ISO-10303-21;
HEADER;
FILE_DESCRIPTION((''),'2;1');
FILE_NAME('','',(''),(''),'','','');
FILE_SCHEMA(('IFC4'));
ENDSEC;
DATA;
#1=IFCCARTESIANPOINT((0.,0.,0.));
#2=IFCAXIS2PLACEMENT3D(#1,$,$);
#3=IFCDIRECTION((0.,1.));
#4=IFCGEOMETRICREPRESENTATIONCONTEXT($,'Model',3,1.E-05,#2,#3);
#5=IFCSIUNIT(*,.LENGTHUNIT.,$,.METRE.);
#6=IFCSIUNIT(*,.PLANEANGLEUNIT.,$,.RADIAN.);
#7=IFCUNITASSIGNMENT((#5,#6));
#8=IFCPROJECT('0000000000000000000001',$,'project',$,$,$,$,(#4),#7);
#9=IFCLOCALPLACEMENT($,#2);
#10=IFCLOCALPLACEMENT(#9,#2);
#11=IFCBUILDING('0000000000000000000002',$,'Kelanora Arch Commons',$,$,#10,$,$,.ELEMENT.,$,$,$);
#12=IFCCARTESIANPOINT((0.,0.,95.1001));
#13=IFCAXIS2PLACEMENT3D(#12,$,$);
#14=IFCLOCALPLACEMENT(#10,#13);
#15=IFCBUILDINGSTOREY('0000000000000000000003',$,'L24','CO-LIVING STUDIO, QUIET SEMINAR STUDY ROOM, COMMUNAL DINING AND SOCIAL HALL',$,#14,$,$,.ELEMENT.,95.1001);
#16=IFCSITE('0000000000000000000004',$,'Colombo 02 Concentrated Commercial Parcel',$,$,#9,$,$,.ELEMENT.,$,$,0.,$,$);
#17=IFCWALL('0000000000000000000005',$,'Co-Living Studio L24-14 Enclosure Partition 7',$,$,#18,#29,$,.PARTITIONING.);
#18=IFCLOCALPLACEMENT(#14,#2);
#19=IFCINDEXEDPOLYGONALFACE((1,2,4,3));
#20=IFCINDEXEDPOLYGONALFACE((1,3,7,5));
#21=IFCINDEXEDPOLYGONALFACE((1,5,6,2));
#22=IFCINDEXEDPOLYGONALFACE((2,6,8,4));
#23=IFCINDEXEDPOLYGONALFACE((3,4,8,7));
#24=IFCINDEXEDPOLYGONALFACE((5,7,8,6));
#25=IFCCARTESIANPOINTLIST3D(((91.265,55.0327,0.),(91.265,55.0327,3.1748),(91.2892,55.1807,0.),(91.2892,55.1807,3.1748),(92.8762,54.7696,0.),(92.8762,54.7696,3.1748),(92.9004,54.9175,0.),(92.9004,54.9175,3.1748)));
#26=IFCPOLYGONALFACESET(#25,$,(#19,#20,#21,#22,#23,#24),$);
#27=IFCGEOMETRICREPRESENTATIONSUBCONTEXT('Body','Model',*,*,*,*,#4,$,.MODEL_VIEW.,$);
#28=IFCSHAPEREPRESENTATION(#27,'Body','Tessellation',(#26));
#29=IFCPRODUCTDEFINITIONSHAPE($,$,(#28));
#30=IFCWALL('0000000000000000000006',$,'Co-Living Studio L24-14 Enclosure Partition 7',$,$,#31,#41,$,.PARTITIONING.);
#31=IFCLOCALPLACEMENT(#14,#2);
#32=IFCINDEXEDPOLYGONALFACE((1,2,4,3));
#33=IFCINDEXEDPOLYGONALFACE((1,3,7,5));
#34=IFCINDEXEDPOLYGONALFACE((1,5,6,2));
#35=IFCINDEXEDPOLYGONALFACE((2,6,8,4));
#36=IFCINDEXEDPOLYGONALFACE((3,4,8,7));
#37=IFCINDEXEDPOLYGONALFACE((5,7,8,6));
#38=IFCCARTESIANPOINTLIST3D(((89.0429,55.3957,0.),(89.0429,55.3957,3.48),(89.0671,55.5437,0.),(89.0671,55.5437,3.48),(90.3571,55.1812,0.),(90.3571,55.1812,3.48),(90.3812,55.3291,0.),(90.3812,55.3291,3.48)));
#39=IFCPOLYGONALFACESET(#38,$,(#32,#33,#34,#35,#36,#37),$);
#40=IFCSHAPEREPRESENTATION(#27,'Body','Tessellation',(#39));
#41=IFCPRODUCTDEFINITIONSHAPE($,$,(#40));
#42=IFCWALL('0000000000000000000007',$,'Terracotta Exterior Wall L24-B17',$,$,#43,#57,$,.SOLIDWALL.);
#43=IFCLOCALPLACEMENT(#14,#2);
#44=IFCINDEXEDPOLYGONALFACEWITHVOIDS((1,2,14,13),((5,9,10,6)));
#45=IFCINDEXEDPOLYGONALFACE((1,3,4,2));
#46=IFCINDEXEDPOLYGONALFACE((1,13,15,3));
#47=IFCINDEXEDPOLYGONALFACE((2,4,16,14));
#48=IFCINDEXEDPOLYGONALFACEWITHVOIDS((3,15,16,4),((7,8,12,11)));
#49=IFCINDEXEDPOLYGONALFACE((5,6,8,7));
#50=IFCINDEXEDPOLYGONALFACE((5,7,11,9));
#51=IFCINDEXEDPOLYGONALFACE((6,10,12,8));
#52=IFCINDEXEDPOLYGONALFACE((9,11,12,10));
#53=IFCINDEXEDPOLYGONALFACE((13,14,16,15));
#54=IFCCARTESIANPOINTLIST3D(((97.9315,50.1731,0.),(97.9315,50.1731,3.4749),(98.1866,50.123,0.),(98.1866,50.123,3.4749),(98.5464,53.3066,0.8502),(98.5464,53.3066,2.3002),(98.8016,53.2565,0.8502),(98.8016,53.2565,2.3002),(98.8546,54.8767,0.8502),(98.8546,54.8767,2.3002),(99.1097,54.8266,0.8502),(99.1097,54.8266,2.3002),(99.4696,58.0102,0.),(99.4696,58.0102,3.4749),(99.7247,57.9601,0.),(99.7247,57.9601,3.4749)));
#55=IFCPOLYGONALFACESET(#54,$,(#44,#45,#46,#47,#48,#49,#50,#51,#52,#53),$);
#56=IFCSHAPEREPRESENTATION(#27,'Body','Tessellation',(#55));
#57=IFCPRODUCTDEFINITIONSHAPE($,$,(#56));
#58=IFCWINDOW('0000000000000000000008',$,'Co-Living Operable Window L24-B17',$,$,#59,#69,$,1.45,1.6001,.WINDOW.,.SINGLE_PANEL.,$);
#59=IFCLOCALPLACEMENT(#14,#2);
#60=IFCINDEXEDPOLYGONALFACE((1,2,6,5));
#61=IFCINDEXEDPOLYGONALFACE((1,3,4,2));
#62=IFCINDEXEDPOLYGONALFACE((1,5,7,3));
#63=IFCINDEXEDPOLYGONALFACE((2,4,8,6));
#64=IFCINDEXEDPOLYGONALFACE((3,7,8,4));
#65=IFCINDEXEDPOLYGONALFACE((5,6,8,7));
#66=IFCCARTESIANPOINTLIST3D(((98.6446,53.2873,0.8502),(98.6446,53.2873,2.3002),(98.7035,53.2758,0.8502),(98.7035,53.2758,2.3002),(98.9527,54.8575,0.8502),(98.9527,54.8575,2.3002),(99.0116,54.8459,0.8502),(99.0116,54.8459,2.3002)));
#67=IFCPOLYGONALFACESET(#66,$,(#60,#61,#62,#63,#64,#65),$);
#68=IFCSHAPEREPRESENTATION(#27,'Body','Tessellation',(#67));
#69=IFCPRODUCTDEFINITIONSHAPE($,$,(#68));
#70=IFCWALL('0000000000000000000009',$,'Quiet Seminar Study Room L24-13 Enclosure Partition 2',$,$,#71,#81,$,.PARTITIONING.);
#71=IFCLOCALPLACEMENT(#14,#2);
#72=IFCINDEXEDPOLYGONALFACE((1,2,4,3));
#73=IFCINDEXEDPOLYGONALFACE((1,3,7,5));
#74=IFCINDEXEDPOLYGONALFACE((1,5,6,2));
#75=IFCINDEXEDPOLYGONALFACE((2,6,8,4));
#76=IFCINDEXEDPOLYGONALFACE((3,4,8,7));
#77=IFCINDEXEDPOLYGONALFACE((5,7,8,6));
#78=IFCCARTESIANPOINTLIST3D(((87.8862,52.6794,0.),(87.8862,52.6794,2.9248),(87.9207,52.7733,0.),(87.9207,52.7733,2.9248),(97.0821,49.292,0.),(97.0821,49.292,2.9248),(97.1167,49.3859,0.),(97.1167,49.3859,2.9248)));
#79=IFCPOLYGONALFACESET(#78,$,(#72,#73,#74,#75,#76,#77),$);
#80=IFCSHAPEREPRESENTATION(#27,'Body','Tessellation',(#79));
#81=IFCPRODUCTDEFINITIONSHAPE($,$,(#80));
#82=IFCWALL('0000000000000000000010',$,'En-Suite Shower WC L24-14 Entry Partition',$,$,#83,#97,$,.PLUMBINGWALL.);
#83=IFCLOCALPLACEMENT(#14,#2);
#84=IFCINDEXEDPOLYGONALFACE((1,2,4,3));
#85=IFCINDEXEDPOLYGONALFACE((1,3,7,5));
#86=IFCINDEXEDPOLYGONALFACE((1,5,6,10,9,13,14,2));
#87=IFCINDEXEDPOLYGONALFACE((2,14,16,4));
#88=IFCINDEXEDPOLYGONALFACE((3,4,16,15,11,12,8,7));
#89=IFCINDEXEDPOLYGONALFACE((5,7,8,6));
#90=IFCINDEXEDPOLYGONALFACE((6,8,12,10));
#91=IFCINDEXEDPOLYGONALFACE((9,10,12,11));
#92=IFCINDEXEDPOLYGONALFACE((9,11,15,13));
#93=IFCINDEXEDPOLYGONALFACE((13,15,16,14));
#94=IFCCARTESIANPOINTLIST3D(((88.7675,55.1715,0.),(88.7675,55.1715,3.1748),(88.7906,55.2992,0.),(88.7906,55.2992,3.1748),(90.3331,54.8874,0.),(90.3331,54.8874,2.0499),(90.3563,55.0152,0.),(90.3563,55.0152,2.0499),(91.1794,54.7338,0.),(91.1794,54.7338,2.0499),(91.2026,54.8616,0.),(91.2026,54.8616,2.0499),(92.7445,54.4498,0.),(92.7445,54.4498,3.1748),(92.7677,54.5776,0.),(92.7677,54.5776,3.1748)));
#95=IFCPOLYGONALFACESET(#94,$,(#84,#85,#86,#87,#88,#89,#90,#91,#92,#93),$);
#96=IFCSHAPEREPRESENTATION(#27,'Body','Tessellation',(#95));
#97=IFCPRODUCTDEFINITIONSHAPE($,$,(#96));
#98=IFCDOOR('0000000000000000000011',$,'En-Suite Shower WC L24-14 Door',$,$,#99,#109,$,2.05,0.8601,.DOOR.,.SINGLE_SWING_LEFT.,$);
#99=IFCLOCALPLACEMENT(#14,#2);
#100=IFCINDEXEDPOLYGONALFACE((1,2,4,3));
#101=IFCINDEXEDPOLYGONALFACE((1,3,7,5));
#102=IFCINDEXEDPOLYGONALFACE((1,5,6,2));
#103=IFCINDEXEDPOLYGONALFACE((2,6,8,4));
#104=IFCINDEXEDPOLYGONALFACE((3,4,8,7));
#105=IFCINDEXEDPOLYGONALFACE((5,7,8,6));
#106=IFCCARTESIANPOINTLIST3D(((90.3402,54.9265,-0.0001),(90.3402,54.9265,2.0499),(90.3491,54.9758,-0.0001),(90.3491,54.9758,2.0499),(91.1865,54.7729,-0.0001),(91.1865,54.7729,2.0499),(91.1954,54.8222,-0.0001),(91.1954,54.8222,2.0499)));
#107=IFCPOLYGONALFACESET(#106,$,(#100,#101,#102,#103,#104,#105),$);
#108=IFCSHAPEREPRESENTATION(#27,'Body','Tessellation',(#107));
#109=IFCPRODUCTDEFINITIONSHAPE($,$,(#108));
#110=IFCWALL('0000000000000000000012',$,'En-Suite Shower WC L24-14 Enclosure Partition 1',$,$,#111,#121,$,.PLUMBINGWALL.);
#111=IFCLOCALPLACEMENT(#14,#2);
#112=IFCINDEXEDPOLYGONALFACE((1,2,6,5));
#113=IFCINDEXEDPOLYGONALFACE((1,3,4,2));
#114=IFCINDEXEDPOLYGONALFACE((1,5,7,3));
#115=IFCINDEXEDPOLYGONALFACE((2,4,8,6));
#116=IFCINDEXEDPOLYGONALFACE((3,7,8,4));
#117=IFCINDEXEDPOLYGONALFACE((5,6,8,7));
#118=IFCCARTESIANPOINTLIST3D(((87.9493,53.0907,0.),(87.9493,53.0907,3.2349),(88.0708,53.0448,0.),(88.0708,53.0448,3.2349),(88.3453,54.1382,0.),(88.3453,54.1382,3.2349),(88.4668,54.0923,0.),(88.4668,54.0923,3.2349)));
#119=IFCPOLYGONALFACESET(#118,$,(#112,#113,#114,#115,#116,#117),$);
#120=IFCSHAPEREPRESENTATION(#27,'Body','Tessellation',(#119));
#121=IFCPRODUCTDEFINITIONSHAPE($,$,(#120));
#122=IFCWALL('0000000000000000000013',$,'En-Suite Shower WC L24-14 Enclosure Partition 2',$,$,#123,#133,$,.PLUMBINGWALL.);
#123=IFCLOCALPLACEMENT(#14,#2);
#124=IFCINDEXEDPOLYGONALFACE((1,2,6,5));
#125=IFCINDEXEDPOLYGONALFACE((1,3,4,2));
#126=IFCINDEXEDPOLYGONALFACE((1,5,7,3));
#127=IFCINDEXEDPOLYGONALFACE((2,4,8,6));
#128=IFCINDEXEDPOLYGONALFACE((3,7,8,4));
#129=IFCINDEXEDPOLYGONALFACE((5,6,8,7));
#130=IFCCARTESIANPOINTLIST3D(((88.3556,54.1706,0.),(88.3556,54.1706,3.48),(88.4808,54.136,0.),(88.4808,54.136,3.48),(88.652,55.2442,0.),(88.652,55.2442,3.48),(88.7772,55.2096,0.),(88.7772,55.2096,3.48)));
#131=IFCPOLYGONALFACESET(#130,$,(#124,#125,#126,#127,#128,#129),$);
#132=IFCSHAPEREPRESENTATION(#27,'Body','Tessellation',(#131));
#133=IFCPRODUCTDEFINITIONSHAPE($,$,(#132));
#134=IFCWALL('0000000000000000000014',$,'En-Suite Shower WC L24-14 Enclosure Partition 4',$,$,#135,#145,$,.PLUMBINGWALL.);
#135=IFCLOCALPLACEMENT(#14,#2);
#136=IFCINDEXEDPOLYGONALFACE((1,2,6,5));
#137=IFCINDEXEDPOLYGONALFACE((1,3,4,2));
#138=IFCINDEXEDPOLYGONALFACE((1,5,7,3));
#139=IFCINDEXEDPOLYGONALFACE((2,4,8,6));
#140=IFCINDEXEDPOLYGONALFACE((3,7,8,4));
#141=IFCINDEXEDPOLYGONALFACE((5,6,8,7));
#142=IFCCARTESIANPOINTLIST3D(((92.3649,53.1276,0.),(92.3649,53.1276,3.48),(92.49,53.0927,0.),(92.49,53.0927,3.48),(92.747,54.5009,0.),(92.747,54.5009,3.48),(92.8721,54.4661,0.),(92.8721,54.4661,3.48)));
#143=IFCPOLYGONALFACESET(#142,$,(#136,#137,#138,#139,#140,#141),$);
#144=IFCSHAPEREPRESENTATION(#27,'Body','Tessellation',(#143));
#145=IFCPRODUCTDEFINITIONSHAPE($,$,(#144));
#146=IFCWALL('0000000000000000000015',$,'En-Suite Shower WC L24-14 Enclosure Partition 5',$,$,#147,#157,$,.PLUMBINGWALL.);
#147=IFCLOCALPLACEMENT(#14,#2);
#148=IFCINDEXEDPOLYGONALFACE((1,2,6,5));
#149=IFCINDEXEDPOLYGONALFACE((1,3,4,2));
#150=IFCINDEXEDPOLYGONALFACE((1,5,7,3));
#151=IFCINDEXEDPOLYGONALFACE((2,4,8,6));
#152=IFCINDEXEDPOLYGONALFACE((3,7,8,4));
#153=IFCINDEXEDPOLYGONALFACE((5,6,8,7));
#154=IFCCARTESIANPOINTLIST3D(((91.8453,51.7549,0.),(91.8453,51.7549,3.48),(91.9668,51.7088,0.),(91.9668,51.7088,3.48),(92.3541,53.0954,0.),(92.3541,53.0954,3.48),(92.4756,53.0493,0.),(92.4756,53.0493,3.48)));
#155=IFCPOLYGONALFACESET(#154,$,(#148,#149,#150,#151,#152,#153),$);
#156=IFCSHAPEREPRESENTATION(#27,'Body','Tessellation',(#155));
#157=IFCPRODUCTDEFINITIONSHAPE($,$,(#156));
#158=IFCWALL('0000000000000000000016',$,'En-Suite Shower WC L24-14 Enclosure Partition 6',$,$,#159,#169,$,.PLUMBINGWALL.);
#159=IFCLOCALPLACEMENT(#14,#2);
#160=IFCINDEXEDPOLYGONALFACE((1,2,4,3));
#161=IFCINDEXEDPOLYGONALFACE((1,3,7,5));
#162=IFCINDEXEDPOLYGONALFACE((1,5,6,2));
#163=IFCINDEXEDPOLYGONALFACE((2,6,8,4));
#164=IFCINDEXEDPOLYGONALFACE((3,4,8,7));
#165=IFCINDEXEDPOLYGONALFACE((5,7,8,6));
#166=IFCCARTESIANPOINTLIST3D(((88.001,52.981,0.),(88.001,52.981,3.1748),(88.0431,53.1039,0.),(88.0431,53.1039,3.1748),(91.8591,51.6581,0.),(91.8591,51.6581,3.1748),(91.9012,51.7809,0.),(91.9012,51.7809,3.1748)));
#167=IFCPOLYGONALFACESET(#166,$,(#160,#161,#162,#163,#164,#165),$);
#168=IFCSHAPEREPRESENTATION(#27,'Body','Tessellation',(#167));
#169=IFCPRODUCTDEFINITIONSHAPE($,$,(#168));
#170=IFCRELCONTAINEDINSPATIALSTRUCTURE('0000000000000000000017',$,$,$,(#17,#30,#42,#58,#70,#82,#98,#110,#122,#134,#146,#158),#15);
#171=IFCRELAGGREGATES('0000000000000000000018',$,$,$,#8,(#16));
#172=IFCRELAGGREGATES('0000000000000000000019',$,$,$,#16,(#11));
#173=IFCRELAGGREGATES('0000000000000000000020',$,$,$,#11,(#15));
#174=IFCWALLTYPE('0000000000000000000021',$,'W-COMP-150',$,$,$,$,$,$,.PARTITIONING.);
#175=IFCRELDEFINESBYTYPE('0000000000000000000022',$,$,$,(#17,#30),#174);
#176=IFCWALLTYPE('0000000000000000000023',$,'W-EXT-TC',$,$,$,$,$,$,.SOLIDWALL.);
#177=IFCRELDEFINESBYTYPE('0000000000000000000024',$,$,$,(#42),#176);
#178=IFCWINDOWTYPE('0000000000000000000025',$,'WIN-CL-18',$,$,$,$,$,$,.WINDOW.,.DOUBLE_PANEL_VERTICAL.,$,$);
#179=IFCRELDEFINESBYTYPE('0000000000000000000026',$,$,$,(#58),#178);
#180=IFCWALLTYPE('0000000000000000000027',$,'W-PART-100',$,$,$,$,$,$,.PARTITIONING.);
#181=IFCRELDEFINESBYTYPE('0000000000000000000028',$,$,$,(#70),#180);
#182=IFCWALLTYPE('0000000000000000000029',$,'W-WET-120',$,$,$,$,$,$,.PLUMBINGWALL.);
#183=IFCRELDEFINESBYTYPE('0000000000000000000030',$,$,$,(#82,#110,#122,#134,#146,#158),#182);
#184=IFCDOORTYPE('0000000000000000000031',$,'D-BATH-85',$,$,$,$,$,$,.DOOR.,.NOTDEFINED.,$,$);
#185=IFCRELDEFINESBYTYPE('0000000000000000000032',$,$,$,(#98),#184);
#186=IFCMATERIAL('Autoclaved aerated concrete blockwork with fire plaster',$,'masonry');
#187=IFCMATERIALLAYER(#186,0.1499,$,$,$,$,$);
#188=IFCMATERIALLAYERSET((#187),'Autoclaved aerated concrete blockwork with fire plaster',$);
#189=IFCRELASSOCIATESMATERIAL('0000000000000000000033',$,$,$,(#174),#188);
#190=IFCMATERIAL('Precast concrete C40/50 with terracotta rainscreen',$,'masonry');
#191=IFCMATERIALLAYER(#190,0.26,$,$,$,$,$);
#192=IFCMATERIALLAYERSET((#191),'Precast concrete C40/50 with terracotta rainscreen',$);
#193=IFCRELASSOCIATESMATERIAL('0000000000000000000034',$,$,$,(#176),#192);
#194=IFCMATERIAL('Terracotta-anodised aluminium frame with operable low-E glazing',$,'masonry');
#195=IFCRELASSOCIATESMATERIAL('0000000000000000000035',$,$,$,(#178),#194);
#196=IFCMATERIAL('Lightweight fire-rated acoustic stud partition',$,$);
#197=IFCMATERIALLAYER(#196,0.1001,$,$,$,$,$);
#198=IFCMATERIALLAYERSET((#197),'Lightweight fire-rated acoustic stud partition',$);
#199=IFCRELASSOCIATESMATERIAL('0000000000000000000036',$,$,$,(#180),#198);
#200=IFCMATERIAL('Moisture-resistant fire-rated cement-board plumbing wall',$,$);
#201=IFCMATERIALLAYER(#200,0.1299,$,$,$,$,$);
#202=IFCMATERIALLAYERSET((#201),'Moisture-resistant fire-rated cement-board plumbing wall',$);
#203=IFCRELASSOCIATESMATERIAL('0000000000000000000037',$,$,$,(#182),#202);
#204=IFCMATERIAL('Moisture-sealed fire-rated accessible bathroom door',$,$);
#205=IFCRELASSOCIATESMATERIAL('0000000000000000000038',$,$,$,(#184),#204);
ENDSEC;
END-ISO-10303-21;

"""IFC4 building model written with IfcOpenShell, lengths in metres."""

from ifc_helpers import new_model, si_unit, direction, frame, frame_2d, origin, place, context, subcontext, project, spatial, rectangle, extrude, material, layer, layer_set, type_object, element, fill, save


model = new_model("IFC4")

# Units and contexts
model_context = context("Model", 3, precision=1e-05, world=origin(), true_north=direction((0.0, 1.0)))
body_context = subcontext(model_context, "Body", "Model", "MODEL_VIEW")
ifc_project = project(units=[si_unit("LENGTHUNIT", "METRE"), si_unit("PLANEANGLEUNIT", "RADIAN")], contexts=[model_context])

# Site, building, storey
site_placement = place(None, origin())
site = spatial("IfcSite", under=ifc_project, at=site_placement, Name="Colombo 02 Concentrated Commercial Parcel", CompositionType="ELEMENT", RefElevation=0.0)
building_placement = place(site_placement, origin())
building = spatial("IfcBuilding", under=site, at=building_placement, Name="Kelanora Arch Commons", CompositionType="ELEMENT")
storey_placement = place(building_placement, frame((0.0, 0.0, 95.1001)))
storey = spatial("IfcBuildingStorey", under=building, at=storey_placement, Name="L24", Description="CO-LIVING STUDIO, QUIET SEMINAR STUDY ROOM, COMMUNAL DINING AND SOCIAL HALL", CompositionType="ELEMENT", Elevation=95.1001)

# Shared definitions
ifc_material_1 = material(Name="Autoclaved aerated concrete blockwork with fire plaster", Category="masonry")
ifc_layer_1 = layer(ifc_material_1, 0.1499)
ifc_layer_set_1 = layer_set([ifc_layer_1], Name="Autoclaved aerated concrete blockwork with fire plaster")
wall_type_1 = type_object("IfcWallType", Name="W-COMP-150", PredefinedType="PARTITIONING", material=ifc_layer_set_1)

# Walls
wall_1_placement = place(storey_placement, frame((92.8884, 54.8435, 0.0), z_axis=(0.0, 0.0, 1.0), x_axis=(-0.986922, 0.161197, 0.0)))
element("IfcWall", 1, at=wall_1_placement, inside=storey, type_object=wall_type_1, Name="Co-Living Studio L24-14 Enclosure Partition 7", PredefinedType="PARTITIONING", context=body_context, shape_type="SweptSolid", body=[
    extrude(rectangle(XDim=1.6326, YDim=0.1499, at=frame_2d((0.8164, 0.0))), origin(), (0.0, 0.0, 1.0), 3.1748),
])
wall_2_placement = place(storey_placement, frame((90.3691, 55.2551, 0.0), z_axis=(0.0, 0.0, 1.0), x_axis=(-0.986929, 0.161157, 0.0)))
element("IfcWall", 2, at=wall_2_placement, inside=storey, type_object=wall_type_1, Name="Co-Living Studio L24-14 Enclosure Partition 7", PredefinedType="PARTITIONING", context=body_context, shape_type="SweptSolid", body=[
    extrude(rectangle(XDim=1.3315, YDim=0.1499, at=frame_2d((0.6658, 0.0))), origin(), (0.0, 0.0, 1.0), 3.48),
])

# Wall, opening, window
ifc_material_2 = material(Name="Precast concrete C40/50 with terracotta rainscreen", Category="masonry")
ifc_layer_2 = layer(ifc_material_2, 0.26)
ifc_layer_set_2 = layer_set([ifc_layer_2], Name="Precast concrete C40/50 with terracotta rainscreen")
wall_type_2 = type_object("IfcWallType", Name="W-EXT-TC", PredefinedType="SOLIDWALL", material=ifc_layer_set_2)
wall_3_placement = place(storey_placement, frame((98.0591, 50.1482, 0.0), z_axis=(0.0, 0.0, 1.0), x_axis=(0.192582, 0.981281, 0.0)))
wall_3 = element("IfcWall", 3, at=wall_3_placement, inside=storey, type_object=wall_type_2, Name="Terracotta Exterior Wall L24-B17", PredefinedType="SOLIDWALL", context=body_context, shape_type="SweptSolid", body=[
    extrude(rectangle(XDim=7.9866, YDim=0.26, at=frame_2d((3.9932, 0.0))), origin(), (0.0, 0.0, 1.0), 3.4749),
])
opening_1_placement = place(wall_3_placement, frame((3.1931, 0.0, 0.8501)))
opening_1 = element("IfcOpeningElement", 4, at=opening_1_placement, cuts=wall_3, PredefinedType="OPENING", context=body_context, shape_type="SweptSolid", body=[
    extrude(rectangle(XDim=1.6001, YDim=1.45, at=frame_2d((0.8, 0.7251))), frame((0.0, 0.1401, 0.0), z_axis=(0.0, -1.0, 0.0), x_axis=(1.0, 0.0, 0.0)), (0.0, 0.0, 1.0), 0.28),
])
ifc_material_3 = material(Name="Terracotta-anodised aluminium frame with operable low-E glazing", Category="masonry")
window_type = type_object("IfcWindowType", Name="WIN-CL-18", PartitioningType="DOUBLE_PANEL_VERTICAL", PredefinedType="WINDOW", material=ifc_material_3)
window_placement = place(opening_1_placement, origin())
window = element("IfcWindow", 5, at=window_placement, inside=storey, type_object=window_type, Name="Co-Living Operable Window L24-B17", OverallHeight=1.45, OverallWidth=1.6001, PartitioningType="SINGLE_PANEL", PredefinedType="WINDOW", context=body_context, shape_type="SweptSolid", body=[
    extrude(rectangle(XDim=1.6001, YDim=1.45, at=frame_2d((0.8, 0.7251))), frame((0.0, 0.03, 0.0), z_axis=(0.0, -1.0, 0.0), x_axis=(1.0, 0.0, 0.0)), (0.0, 0.0, 1.0), 0.0601),
])
fill(opening_1, window)

# Wall
ifc_material_4 = material(Name="Lightweight fire-rated acoustic stud partition")
ifc_layer_3 = layer(ifc_material_4, 0.1001)
ifc_layer_set_3 = layer_set([ifc_layer_3], Name="Lightweight fire-rated acoustic stud partition")
wall_type_3 = type_object("IfcWallType", Name="W-PART-100", PredefinedType="PARTITIONING", material=ifc_layer_set_3)
wall_4_placement = place(storey_placement, frame((87.9036, 52.7263, 0.0), z_axis=(0.0, 0.0, 1.0), x_axis=(0.938362, -0.345655, 0.0)))
element("IfcWall", 6, at=wall_4_placement, inside=storey, type_object=wall_type_3, Name="Quiet Seminar Study Room L24-13 Enclosure Partition 2", PredefinedType="PARTITIONING", context=body_context, shape_type="SweptSolid", body=[
    extrude(rectangle(XDim=9.8, YDim=0.1001, at=frame_2d((4.8999, 0.0))), origin(), (0.0, 0.0, 1.0), 2.9248),
])

# Wall, opening, door
ifc_material_5 = material(Name="Moisture-resistant fire-rated cement-board plumbing wall")
ifc_layer_4 = layer(ifc_material_5, 0.1299)
ifc_layer_set_4 = layer_set([ifc_layer_4], Name="Moisture-resistant fire-rated cement-board plumbing wall")
wall_type_4 = type_object("IfcWallType", Name="W-WET-120", PredefinedType="PLUMBINGWALL", material=ifc_layer_set_4)
wall_5_placement = place(storey_placement, frame((88.7791, 55.2354, 0.0), z_axis=(0.0, 0.0, 1.0), x_axis=(0.983932, -0.178545, 0.0)))
wall_5 = element("IfcWall", 7, at=wall_5_placement, inside=storey, type_object=wall_type_4, Name="En-Suite Shower WC L24-14 Entry Partition", PredefinedType="PLUMBINGWALL", context=body_context, shape_type="SweptSolid", body=[
    extrude(rectangle(XDim=4.042, YDim=0.1299, at=frame_2d((2.021, 0.0))), origin(), (0.0, 0.0, 1.0), 3.1748),
])
opening_2_placement = place(wall_5_placement, frame((1.5911, 0.0, 0.0)))
opening_2 = element("IfcOpeningElement", 8, at=opening_2_placement, cuts=wall_5, PredefinedType="OPENING", context=body_context, shape_type="SweptSolid", body=[
    extrude(rectangle(XDim=0.8601, YDim=2.05, at=frame_2d((0.4302, 1.0249))), frame((0.0, 0.075, 0.0), z_axis=(0.0, -1.0, 0.0), x_axis=(1.0, 0.0, 0.0)), (0.0, 0.0, 1.0), 0.1499),
])
ifc_material_6 = material(Name="Moisture-sealed fire-rated accessible bathroom door")
door_type_1 = type_object("IfcDoorType", Name="D-BATH-85", OperationType="NOTDEFINED", PredefinedType="DOOR", material=ifc_material_6)
door_1_placement = place(opening_2_placement, origin())
door_1 = element("IfcDoor", 9, at=door_1_placement, inside=storey, type_object=door_type_1, Name="En-Suite Shower WC L24-14 Door", OperationType="SINGLE_SWING_LEFT", OverallHeight=2.05, OverallWidth=0.8601, PredefinedType="DOOR", context=body_context, shape_type="SweptSolid", body=[
    extrude(rectangle(XDim=0.8601, YDim=2.05, at=frame_2d((0.4302, 1.0249))), frame((0.0, 0.0249, 0.0), z_axis=(0.0, -1.0, 0.0), x_axis=(1.0, 0.0, 0.0)), (0.0, 0.0, 1.0), 0.05),
])
fill(opening_2, door_1)

# Walls
wall_6_placement = place(storey_placement, frame((88.01, 53.0676, 0.0), z_axis=(0.0, 0.0, 1.0), x_axis=(0.353583, 0.935403, 0.0)))
element("IfcWall", 10, at=wall_6_placement, inside=storey, type_object=wall_type_4, Name="En-Suite Shower WC L24-14 Enclosure Partition 1", PredefinedType="PLUMBINGWALL", context=body_context, shape_type="SweptSolid", body=[
    extrude(rectangle(XDim=1.1199, YDim=0.1299, at=frame_2d((0.5601, 0.0))), origin(), (0.0, 0.0, 1.0), 3.2349),
])
wall_7_placement = place(storey_placement, frame((88.4182, 54.1533, 0.0), z_axis=(0.0, 0.0, 1.0), x_axis=(0.26614, 0.963934, 0.0)))
element("IfcWall", 11, at=wall_7_placement, inside=storey, type_object=wall_type_4, Name="En-Suite Shower WC L24-14 Enclosure Partition 2", PredefinedType="PLUMBINGWALL", context=body_context, shape_type="SweptSolid", body=[
    extrude(rectangle(XDim=1.1138, YDim=0.1299, at=frame_2d((0.5569, 0.0))), origin(), (0.0, 0.0, 1.0), 3.48),
])
wall_8_placement = place(storey_placement, frame((92.8096, 54.4836, 0.0), z_axis=(0.0, 0.0, 1.0), x_axis=(-0.268041, -0.963407, 0.0)))
element("IfcWall", 12, at=wall_8_placement, inside=storey, type_object=wall_type_4, Name="En-Suite Shower WC L24-14 Enclosure Partition 4", PredefinedType="PLUMBINGWALL", context=body_context, shape_type="SweptSolid", body=[
    extrude(rectangle(XDim=1.4255, YDim=0.1299, at=frame_2d((0.7129, 0.0))), origin(), (0.0, 0.0, 1.0), 3.48),
])
wall_9_placement = place(storey_placement, frame((92.4148, 53.0723, 0.0), z_axis=(0.0, 0.0, 1.0), x_axis=(-0.354834, -0.934929, 0.0)))
element("IfcWall", 13, at=wall_9_placement, inside=storey, type_object=wall_type_4, Name="En-Suite Shower WC L24-14 Enclosure Partition 5", PredefinedType="PLUMBINGWALL", context=body_context, shape_type="SweptSolid", body=[
    extrude(rectangle(XDim=1.4338, YDim=0.1299, at=frame_2d((0.7168, 0.0))), origin(), (0.0, 0.0, 1.0), 3.48),
])
wall_10_placement = place(storey_placement, frame((91.8801, 51.7195, 0.0), z_axis=(0.0, 0.0, 1.0), x_axis=(-0.945931, 0.324369, 0.0)))
element("IfcWall", 14, at=wall_10_placement, inside=storey, type_object=wall_type_4, Name="En-Suite Shower WC L24-14 Enclosure Partition 6", PredefinedType="PLUMBINGWALL", context=body_context, shape_type="SweptSolid", body=[
    extrude(rectangle(XDim=4.0786, YDim=0.1299, at=frame_2d((2.0393, 0.0))), origin(), (0.0, 0.0, 1.0), 3.1748),
])

save(model, "model.ifc")
